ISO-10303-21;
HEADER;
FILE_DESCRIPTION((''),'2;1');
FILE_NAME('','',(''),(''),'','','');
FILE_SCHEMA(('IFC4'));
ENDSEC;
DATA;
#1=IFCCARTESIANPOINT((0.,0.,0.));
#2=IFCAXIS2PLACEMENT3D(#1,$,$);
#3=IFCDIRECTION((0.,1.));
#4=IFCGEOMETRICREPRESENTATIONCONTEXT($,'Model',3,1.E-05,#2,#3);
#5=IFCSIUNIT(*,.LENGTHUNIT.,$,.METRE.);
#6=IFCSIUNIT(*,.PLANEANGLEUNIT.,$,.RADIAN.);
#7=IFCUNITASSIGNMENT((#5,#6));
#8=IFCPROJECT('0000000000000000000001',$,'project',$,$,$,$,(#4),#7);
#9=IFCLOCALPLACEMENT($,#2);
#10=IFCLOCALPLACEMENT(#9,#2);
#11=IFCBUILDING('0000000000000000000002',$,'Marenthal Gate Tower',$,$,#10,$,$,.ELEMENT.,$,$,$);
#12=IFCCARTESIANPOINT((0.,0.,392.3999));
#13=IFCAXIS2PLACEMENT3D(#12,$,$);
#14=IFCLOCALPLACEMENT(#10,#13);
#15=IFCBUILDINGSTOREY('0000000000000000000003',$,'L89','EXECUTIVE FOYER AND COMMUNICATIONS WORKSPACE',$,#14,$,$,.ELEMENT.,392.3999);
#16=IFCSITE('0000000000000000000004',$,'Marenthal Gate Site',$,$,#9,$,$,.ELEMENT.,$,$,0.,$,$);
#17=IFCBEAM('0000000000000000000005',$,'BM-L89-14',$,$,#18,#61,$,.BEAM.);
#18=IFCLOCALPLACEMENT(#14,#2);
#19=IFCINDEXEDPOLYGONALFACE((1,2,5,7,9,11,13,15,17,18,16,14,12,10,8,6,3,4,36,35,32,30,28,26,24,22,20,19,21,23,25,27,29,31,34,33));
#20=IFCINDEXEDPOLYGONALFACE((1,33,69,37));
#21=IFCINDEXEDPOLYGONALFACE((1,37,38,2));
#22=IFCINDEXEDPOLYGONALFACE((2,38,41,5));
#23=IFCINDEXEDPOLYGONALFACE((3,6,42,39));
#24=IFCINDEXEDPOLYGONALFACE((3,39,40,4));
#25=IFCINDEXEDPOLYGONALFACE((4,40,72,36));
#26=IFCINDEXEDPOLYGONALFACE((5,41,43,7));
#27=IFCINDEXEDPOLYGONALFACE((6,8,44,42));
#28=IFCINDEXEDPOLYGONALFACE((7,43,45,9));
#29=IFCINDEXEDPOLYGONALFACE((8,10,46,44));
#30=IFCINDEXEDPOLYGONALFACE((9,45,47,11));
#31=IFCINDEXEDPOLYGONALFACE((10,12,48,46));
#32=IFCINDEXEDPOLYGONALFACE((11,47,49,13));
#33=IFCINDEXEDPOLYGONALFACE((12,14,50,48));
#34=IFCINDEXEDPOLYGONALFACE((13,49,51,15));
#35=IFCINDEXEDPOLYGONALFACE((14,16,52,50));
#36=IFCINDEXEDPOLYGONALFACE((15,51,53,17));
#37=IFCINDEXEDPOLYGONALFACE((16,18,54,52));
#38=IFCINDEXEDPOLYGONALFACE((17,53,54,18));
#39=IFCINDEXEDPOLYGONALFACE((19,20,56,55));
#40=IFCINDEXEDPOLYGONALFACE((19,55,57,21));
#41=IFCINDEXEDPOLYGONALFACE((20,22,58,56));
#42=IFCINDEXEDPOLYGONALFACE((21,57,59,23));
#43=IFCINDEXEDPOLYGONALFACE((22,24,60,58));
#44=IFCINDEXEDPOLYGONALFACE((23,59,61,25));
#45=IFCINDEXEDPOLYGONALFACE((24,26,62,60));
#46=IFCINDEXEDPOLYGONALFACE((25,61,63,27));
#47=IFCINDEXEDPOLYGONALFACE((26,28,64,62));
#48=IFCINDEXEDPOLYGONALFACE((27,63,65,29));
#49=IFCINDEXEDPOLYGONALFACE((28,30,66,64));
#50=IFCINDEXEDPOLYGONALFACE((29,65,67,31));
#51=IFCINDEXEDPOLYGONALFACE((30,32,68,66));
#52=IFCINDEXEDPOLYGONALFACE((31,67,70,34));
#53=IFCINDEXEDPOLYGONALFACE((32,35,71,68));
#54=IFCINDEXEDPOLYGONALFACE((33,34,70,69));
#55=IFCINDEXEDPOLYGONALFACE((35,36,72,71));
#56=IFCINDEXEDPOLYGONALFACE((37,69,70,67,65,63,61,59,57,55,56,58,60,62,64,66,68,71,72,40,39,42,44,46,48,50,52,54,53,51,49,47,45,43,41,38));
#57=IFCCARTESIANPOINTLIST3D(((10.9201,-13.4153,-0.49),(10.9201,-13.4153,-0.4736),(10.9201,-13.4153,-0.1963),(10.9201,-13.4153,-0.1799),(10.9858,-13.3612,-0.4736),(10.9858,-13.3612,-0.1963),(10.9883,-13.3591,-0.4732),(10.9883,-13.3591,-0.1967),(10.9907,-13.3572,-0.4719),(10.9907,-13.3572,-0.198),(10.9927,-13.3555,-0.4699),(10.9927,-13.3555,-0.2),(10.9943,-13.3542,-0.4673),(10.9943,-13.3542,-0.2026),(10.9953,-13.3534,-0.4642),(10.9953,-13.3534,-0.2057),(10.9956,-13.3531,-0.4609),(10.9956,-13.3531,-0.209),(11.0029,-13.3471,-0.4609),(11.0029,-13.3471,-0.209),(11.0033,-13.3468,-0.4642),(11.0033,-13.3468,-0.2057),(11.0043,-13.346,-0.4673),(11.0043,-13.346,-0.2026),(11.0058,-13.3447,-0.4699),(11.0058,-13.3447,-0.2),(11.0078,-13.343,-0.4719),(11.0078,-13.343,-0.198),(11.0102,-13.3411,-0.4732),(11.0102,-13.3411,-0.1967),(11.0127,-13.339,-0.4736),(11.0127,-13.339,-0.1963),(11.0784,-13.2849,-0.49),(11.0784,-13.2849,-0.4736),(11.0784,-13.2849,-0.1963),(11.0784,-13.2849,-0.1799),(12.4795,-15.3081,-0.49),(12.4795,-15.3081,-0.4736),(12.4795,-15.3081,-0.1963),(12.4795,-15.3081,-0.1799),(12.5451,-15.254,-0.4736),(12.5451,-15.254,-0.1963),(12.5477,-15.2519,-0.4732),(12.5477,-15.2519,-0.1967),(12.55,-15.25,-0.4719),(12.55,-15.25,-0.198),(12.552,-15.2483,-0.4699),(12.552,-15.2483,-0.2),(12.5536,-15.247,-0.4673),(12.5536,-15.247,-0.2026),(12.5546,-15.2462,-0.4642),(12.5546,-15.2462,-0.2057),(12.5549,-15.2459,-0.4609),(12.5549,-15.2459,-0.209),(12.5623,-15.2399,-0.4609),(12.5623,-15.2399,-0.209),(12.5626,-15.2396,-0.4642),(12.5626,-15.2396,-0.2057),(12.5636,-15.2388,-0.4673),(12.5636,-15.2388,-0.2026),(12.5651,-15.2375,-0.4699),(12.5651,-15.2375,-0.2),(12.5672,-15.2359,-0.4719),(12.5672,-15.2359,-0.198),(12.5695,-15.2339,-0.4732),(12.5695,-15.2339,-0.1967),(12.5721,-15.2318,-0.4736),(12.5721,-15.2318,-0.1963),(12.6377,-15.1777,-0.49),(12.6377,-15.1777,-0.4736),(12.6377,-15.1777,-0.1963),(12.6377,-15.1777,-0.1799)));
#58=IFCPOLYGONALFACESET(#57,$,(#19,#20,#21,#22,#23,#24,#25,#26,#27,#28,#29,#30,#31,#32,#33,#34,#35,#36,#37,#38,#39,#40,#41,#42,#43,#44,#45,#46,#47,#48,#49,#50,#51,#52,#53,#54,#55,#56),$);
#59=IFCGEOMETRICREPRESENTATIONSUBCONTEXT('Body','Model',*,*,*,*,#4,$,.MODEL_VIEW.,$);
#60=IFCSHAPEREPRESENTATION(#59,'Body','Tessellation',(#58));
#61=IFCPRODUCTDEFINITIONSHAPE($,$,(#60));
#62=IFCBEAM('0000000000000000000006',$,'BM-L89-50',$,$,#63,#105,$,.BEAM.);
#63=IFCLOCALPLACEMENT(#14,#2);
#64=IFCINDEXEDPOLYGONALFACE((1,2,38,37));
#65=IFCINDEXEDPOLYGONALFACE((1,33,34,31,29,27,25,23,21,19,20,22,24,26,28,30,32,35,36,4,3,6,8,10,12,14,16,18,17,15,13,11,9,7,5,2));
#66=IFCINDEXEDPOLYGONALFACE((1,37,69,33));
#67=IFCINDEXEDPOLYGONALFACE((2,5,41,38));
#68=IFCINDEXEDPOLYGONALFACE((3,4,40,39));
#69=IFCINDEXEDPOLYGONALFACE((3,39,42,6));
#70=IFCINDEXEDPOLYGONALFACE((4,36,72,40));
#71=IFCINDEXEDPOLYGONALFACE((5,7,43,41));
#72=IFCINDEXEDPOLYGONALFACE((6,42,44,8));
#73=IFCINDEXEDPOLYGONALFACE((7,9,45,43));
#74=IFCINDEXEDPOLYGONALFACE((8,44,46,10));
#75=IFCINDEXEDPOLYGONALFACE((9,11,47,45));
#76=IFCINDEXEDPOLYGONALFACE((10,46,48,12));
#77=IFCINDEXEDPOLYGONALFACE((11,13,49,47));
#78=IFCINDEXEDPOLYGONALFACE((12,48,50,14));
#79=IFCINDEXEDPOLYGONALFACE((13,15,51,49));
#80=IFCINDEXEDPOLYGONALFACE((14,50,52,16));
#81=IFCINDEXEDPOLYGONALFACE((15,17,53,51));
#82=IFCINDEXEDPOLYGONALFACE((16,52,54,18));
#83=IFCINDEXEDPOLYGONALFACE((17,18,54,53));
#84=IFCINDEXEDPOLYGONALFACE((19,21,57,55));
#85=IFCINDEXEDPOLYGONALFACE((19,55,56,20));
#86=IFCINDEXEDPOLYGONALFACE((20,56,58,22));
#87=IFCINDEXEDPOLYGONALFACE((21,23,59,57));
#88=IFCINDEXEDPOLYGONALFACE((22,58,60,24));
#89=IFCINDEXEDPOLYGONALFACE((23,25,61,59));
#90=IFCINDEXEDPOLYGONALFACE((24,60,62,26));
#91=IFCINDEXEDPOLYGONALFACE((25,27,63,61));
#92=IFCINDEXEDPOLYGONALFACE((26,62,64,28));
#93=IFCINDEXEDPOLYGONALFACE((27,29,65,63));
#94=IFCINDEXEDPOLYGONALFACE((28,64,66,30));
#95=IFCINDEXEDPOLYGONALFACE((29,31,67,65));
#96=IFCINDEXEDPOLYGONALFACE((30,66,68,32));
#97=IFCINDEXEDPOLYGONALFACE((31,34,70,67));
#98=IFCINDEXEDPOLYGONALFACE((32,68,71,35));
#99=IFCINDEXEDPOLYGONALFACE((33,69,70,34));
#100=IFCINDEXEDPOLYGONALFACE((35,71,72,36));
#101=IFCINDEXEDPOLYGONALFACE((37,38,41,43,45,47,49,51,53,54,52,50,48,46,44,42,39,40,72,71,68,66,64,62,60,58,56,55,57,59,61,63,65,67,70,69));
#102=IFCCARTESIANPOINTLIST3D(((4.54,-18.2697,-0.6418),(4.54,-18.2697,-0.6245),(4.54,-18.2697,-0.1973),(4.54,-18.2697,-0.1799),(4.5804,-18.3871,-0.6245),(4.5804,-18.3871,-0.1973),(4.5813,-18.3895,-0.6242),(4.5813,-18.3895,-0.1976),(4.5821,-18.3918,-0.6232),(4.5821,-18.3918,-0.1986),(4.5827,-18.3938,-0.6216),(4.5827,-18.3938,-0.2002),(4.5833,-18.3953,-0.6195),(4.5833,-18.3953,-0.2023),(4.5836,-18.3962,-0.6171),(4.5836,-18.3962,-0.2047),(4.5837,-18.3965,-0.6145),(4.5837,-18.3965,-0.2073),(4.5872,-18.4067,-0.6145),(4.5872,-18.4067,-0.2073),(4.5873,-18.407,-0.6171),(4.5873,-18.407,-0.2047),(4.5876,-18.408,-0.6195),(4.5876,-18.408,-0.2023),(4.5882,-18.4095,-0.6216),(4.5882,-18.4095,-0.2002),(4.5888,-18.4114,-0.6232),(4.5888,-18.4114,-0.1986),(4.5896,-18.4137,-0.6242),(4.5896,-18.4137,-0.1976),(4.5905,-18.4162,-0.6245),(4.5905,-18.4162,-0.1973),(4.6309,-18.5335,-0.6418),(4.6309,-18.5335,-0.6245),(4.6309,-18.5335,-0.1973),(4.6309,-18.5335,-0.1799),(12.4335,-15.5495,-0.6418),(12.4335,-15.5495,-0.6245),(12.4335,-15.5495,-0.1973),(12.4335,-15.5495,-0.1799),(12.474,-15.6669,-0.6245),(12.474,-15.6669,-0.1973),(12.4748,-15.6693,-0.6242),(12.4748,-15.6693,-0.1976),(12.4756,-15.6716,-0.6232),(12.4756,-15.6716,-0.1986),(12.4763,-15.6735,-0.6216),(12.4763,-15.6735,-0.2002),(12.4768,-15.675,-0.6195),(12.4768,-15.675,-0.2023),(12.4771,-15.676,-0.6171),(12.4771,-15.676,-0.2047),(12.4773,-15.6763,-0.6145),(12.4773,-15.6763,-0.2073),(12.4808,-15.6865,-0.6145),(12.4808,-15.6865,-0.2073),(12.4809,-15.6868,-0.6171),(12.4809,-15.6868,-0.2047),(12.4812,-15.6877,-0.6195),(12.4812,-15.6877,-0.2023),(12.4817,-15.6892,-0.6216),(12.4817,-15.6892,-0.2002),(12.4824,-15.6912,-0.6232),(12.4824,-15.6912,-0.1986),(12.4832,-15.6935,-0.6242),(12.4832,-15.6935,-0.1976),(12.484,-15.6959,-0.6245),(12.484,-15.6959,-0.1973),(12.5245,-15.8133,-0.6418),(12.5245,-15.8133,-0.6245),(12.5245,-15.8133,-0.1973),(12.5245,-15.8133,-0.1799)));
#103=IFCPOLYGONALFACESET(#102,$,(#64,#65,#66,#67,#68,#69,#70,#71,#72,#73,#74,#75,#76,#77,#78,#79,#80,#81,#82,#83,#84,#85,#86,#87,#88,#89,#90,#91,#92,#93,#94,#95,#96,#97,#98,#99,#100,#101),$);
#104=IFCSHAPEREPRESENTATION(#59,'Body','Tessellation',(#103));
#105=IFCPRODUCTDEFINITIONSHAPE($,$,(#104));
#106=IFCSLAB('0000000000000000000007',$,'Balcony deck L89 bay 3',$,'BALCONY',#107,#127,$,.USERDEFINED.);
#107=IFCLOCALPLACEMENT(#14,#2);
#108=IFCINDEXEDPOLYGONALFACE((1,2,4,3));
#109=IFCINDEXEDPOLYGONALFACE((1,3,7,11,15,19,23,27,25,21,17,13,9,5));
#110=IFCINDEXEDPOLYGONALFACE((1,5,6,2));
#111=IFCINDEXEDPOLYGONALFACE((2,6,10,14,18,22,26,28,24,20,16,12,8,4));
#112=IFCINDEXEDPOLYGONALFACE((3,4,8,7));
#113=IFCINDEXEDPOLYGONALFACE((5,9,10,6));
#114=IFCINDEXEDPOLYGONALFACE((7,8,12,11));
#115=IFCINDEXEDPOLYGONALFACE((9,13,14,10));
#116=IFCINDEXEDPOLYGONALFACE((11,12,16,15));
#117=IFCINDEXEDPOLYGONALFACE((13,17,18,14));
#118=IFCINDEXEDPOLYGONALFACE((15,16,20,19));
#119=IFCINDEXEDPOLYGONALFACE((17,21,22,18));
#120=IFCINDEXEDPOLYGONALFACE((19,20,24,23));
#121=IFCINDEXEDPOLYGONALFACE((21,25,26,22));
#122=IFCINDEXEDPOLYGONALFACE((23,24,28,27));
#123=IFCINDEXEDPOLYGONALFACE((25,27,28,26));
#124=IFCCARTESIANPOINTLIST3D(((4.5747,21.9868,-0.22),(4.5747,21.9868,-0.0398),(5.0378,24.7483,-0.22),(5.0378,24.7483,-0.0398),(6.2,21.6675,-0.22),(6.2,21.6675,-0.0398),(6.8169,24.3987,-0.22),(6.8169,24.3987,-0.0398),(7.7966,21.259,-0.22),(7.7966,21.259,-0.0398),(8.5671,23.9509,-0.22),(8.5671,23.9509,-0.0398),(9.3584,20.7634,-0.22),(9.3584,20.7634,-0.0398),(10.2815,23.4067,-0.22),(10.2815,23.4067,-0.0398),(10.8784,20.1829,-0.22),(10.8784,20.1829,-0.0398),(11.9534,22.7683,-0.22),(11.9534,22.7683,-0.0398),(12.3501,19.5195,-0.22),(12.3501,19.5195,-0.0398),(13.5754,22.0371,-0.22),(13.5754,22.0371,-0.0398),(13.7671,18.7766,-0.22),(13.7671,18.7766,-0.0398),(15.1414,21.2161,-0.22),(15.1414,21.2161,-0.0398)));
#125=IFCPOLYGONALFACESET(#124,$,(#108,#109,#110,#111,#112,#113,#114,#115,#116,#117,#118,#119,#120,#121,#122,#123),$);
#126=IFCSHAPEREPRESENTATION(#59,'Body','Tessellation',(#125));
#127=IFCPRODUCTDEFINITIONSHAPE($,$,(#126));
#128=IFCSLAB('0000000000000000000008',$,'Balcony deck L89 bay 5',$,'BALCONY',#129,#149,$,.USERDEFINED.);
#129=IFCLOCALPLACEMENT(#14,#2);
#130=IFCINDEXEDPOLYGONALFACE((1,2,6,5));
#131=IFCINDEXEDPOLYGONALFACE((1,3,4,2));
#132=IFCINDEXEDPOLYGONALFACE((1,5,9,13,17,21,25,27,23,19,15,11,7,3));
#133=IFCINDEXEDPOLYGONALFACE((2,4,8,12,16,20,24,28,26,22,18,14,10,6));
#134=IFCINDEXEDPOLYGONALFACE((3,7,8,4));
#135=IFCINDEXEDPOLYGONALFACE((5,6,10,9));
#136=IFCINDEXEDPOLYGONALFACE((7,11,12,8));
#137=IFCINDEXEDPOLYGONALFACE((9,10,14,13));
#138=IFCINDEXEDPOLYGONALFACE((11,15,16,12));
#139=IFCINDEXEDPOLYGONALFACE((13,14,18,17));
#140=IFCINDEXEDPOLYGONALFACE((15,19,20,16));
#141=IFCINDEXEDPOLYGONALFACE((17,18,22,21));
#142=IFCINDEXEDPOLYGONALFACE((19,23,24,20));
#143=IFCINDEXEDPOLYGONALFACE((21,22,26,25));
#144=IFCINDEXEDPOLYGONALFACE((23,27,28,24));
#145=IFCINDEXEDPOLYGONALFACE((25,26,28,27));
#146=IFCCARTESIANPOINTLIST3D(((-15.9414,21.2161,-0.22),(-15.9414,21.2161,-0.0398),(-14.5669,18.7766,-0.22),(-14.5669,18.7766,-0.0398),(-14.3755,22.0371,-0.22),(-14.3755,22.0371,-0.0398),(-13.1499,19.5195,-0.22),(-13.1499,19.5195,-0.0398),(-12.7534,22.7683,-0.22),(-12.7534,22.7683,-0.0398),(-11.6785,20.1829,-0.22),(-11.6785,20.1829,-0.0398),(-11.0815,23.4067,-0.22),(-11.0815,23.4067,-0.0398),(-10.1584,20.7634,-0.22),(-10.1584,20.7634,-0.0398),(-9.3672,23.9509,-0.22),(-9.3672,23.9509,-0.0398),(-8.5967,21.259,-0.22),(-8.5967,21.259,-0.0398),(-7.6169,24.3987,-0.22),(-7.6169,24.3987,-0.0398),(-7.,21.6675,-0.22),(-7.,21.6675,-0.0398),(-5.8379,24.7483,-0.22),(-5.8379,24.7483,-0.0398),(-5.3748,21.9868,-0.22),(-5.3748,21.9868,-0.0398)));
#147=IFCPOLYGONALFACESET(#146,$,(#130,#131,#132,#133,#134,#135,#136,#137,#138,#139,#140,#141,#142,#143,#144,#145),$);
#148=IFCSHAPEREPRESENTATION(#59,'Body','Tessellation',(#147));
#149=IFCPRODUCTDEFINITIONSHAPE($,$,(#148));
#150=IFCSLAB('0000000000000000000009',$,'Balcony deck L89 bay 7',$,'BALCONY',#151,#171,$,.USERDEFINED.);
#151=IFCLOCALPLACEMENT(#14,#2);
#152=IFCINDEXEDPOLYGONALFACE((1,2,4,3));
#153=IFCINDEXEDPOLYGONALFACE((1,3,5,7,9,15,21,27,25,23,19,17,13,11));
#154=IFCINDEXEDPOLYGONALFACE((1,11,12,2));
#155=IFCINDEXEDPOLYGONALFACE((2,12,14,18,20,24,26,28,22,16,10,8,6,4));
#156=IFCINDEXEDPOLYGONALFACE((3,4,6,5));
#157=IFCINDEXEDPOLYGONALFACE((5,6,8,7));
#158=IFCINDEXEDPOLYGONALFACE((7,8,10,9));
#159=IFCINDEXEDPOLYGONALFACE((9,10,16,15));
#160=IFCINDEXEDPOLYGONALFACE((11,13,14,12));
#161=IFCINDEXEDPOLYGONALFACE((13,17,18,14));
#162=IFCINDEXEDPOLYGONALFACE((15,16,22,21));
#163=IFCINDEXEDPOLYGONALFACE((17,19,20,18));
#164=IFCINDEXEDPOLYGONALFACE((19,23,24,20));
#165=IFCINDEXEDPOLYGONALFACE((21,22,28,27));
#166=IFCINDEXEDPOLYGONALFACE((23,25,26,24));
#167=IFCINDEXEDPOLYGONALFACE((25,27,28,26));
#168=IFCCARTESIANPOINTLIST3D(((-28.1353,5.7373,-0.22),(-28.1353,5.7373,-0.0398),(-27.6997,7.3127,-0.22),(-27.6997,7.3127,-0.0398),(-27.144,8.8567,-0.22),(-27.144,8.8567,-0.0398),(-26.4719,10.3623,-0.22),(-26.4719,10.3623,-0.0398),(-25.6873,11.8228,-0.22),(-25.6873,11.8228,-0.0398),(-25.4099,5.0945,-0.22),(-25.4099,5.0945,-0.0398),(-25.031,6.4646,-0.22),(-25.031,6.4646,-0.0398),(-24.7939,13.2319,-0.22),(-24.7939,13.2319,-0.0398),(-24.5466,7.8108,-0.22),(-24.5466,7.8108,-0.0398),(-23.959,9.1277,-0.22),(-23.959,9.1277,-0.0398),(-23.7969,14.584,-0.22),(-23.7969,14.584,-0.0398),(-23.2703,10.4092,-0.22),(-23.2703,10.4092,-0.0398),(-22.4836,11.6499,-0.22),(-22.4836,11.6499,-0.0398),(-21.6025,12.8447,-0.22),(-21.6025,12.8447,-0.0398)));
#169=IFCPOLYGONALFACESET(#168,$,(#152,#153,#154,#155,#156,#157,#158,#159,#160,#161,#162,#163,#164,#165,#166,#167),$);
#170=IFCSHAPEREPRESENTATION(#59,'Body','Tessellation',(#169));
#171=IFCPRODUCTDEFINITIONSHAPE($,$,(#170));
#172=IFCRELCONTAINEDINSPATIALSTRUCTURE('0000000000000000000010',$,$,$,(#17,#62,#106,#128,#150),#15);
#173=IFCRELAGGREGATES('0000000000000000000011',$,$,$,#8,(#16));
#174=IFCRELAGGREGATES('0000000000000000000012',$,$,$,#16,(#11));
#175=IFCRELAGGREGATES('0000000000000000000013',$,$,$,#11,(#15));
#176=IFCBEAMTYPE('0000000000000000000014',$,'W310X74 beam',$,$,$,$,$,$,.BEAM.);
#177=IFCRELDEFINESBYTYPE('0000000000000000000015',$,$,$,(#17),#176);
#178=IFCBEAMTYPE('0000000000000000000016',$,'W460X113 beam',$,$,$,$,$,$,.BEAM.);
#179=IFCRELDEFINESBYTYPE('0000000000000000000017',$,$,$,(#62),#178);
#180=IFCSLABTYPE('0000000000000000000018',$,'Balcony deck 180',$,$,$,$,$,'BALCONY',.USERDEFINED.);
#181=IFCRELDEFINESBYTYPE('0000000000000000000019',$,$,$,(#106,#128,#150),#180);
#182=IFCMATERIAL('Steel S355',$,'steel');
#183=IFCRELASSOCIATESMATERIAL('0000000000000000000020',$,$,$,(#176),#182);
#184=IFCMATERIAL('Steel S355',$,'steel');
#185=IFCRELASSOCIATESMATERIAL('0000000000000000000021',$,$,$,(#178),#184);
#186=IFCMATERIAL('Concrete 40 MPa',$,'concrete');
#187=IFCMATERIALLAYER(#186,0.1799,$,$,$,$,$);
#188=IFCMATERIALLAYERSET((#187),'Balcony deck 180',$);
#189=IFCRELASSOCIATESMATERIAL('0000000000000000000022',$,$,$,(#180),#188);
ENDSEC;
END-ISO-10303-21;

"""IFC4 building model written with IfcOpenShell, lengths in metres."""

from ifc_helpers import new_model, si_unit, direction, frame, origin, origin_2d, place, context, subcontext, project, spatial, polyline, i_section, outline, extrude, material, layer, layer_set, material_profile, profile_set, type_object, element, save


model = new_model("IFC4")

# Units and contexts
model_context = context("Model", 3, precision=1e-05, world=origin(), true_north=direction((0.0, 1.0)))
body_context = subcontext(model_context, "Body", "Model", "MODEL_VIEW")
ifc_project = project(units=[si_unit("LENGTHUNIT", "METRE"), si_unit("PLANEANGLEUNIT", "RADIAN")], contexts=[model_context])

# Site, building, storey
site_placement = place(None, origin())
site = spatial("IfcSite", under=ifc_project, at=site_placement, Name="Marenthal Gate Site", CompositionType="ELEMENT", RefElevation=0.0)
building_placement = place(site_placement, origin())
building = spatial("IfcBuilding", under=site, at=building_placement, Name="Marenthal Gate Tower", CompositionType="ELEMENT")
storey_placement = place(building_placement, frame((0.0, 0.0, 392.3999)))
storey = spatial("IfcBuildingStorey", under=building, at=storey_placement, Name="L89", Description="EXECUTIVE FOYER AND COMMUNICATIONS WORKSPACE", CompositionType="ELEMENT", Elevation=392.3999)

# Beams
ifc_material_1 = material(Name="Steel S355", Category="steel")
ifc_material_profile_1 = material_profile(ifc_material_1, i_section(OverallWidth=0.2051, OverallDepth=0.3101, WebThickness=0.0095, FlangeThickness=0.0164, FilletRadius=0.0127, at=origin_2d()), Name="W310X74")
ifc_profile_set_1 = profile_set([ifc_material_profile_1], Name="Steel S355")
beam_type_1 = type_object("IfcBeamType", Name="W310X74 beam", PredefinedType="BEAM", material=ifc_profile_set_1)
beam_1_placement = place(storey_placement, frame((12.5586, -15.2429, -0.335), z_axis=(-0.635836, 0.771824, 0.0), x_axis=(-0.771824, -0.635836, 0.0)))
element("IfcBeam", 1, at=beam_1_placement, inside=storey, type_object=beam_type_1, Name="BM-L89-14", PredefinedType="BEAM", context=body_context, shape_type="SweptSolid", body=[
    extrude(i_section(OverallWidth=0.2051, OverallDepth=0.3101, WebThickness=0.0095, FlangeThickness=0.0164, FilletRadius=0.0127, at=origin_2d()), origin(), (0.0, 0.0, 1.0), 2.4524),
])
ifc_material_2 = material(Name="Steel S355", Category="steel")
ifc_material_profile_2 = material_profile(ifc_material_2, i_section(OverallWidth=0.2791, OverallDepth=0.4619, WebThickness=0.0107, FlangeThickness=0.0173, FilletRadius=0.01, at=origin_2d()), Name="W460X113")
ifc_profile_set_2 = profile_set([ifc_material_profile_2], Name="Steel S355")
beam_type_2 = type_object("IfcBeamType", Name="W460X113 beam", PredefinedType="BEAM", material=ifc_profile_set_2)
beam_2_placement = place(storey_placement, frame((4.5854, -18.4016, -0.4109), z_axis=(0.945436, 0.325809, 0.0), x_axis=(-0.325809, 0.945436, 0.0)))
element("IfcBeam", 2, at=beam_2_placement, inside=storey, type_object=beam_type_2, Name="BM-L89-50", PredefinedType="BEAM", context=body_context, shape_type="SweptSolid", body=[
    extrude(i_section(OverallWidth=0.2791, OverallDepth=0.4619, WebThickness=0.0107, FlangeThickness=0.0173, FilletRadius=0.01, at=origin_2d()), origin(), (0.0, 0.0, 1.0), 8.3491),
])

# Slabs
ifc_material_3 = material(Name="Concrete 40 MPa", Category="concrete")
ifc_layer_1 = layer(ifc_material_3, 0.1799)
ifc_layer_set_1 = layer_set([ifc_layer_1], Name="Balcony deck 180")
slab_type_1 = type_object("IfcSlabType", Name="Balcony deck 180", ElementType="BALCONY", PredefinedType="USERDEFINED", material=ifc_layer_set_1)
slab_1_placement = place(storey_placement, frame((0.0, 0.0, -0.22)))
element("IfcSlab", 3, at=slab_1_placement, inside=storey, type_object=slab_type_1, Name="Balcony deck L89 bay 3", ObjectType="BALCONY", PredefinedType="USERDEFINED", context=body_context, shape_type="SweptSolid", body=[
    extrude(outline(polyline([(13.7671, 18.7766), (12.3501, 19.5195), (10.8784, 20.1829), (9.3584, 20.7634), (7.7966, 21.259), (6.2, 21.6675), (4.5747, 21.9868), (5.0378, 24.7483), (6.8169, 24.3987), (8.5671, 23.9509), (10.2815, 23.4067), (11.9534, 22.7683), (13.5754, 22.0371), (15.1414, 21.2161), (13.7671, 18.7766)])), origin(), (0.0, 0.0, 1.0), 0.1802),
])
slab_2_placement = place(storey_placement, frame((0.0, 0.0, -0.22)))
element("IfcSlab", 4, at=slab_2_placement, inside=storey, type_object=slab_type_1, Name="Balcony deck L89 bay 5", ObjectType="BALCONY", PredefinedType="USERDEFINED", context=body_context, shape_type="SweptSolid", body=[
    extrude(outline(polyline([(-5.3748, 21.9868), (-7.0, 21.6675), (-8.5967, 21.259), (-10.1584, 20.7634), (-11.6785, 20.1829), (-13.1499, 19.5195), (-14.5669, 18.7766), (-15.9414, 21.2161), (-14.3755, 22.0371), (-12.7534, 22.7683), (-11.0815, 23.4067), (-9.3672, 23.9509), (-7.6169, 24.3987), (-5.8379, 24.7483), (-5.3748, 21.9868)])), origin(), (0.0, 0.0, 1.0), 0.1802),
])
slab_3_placement = place(storey_placement, frame((0.0, 0.0, -0.22)))
element("IfcSlab", 5, at=slab_3_placement, inside=storey, type_object=slab_type_1, Name="Balcony deck L89 bay 7", ObjectType="BALCONY", PredefinedType="USERDEFINED", context=body_context, shape_type="SweptSolid", body=[
    extrude(outline(polyline([(-21.6025, 12.8447), (-22.4836, 11.6499), (-23.2703, 10.4092), (-23.959, 9.1277), (-24.5466, 7.8108), (-25.031, 6.4646), (-25.4099, 5.0945), (-28.1353, 5.7373), (-27.6997, 7.3127), (-27.144, 8.8567), (-26.4719, 10.3623), (-25.6873, 11.8228), (-24.7939, 13.2319), (-23.7969, 14.584), (-21.6025, 12.8447)])), origin(), (0.0, 0.0, 1.0), 0.1802),
])

save(model, "model.ifc")
